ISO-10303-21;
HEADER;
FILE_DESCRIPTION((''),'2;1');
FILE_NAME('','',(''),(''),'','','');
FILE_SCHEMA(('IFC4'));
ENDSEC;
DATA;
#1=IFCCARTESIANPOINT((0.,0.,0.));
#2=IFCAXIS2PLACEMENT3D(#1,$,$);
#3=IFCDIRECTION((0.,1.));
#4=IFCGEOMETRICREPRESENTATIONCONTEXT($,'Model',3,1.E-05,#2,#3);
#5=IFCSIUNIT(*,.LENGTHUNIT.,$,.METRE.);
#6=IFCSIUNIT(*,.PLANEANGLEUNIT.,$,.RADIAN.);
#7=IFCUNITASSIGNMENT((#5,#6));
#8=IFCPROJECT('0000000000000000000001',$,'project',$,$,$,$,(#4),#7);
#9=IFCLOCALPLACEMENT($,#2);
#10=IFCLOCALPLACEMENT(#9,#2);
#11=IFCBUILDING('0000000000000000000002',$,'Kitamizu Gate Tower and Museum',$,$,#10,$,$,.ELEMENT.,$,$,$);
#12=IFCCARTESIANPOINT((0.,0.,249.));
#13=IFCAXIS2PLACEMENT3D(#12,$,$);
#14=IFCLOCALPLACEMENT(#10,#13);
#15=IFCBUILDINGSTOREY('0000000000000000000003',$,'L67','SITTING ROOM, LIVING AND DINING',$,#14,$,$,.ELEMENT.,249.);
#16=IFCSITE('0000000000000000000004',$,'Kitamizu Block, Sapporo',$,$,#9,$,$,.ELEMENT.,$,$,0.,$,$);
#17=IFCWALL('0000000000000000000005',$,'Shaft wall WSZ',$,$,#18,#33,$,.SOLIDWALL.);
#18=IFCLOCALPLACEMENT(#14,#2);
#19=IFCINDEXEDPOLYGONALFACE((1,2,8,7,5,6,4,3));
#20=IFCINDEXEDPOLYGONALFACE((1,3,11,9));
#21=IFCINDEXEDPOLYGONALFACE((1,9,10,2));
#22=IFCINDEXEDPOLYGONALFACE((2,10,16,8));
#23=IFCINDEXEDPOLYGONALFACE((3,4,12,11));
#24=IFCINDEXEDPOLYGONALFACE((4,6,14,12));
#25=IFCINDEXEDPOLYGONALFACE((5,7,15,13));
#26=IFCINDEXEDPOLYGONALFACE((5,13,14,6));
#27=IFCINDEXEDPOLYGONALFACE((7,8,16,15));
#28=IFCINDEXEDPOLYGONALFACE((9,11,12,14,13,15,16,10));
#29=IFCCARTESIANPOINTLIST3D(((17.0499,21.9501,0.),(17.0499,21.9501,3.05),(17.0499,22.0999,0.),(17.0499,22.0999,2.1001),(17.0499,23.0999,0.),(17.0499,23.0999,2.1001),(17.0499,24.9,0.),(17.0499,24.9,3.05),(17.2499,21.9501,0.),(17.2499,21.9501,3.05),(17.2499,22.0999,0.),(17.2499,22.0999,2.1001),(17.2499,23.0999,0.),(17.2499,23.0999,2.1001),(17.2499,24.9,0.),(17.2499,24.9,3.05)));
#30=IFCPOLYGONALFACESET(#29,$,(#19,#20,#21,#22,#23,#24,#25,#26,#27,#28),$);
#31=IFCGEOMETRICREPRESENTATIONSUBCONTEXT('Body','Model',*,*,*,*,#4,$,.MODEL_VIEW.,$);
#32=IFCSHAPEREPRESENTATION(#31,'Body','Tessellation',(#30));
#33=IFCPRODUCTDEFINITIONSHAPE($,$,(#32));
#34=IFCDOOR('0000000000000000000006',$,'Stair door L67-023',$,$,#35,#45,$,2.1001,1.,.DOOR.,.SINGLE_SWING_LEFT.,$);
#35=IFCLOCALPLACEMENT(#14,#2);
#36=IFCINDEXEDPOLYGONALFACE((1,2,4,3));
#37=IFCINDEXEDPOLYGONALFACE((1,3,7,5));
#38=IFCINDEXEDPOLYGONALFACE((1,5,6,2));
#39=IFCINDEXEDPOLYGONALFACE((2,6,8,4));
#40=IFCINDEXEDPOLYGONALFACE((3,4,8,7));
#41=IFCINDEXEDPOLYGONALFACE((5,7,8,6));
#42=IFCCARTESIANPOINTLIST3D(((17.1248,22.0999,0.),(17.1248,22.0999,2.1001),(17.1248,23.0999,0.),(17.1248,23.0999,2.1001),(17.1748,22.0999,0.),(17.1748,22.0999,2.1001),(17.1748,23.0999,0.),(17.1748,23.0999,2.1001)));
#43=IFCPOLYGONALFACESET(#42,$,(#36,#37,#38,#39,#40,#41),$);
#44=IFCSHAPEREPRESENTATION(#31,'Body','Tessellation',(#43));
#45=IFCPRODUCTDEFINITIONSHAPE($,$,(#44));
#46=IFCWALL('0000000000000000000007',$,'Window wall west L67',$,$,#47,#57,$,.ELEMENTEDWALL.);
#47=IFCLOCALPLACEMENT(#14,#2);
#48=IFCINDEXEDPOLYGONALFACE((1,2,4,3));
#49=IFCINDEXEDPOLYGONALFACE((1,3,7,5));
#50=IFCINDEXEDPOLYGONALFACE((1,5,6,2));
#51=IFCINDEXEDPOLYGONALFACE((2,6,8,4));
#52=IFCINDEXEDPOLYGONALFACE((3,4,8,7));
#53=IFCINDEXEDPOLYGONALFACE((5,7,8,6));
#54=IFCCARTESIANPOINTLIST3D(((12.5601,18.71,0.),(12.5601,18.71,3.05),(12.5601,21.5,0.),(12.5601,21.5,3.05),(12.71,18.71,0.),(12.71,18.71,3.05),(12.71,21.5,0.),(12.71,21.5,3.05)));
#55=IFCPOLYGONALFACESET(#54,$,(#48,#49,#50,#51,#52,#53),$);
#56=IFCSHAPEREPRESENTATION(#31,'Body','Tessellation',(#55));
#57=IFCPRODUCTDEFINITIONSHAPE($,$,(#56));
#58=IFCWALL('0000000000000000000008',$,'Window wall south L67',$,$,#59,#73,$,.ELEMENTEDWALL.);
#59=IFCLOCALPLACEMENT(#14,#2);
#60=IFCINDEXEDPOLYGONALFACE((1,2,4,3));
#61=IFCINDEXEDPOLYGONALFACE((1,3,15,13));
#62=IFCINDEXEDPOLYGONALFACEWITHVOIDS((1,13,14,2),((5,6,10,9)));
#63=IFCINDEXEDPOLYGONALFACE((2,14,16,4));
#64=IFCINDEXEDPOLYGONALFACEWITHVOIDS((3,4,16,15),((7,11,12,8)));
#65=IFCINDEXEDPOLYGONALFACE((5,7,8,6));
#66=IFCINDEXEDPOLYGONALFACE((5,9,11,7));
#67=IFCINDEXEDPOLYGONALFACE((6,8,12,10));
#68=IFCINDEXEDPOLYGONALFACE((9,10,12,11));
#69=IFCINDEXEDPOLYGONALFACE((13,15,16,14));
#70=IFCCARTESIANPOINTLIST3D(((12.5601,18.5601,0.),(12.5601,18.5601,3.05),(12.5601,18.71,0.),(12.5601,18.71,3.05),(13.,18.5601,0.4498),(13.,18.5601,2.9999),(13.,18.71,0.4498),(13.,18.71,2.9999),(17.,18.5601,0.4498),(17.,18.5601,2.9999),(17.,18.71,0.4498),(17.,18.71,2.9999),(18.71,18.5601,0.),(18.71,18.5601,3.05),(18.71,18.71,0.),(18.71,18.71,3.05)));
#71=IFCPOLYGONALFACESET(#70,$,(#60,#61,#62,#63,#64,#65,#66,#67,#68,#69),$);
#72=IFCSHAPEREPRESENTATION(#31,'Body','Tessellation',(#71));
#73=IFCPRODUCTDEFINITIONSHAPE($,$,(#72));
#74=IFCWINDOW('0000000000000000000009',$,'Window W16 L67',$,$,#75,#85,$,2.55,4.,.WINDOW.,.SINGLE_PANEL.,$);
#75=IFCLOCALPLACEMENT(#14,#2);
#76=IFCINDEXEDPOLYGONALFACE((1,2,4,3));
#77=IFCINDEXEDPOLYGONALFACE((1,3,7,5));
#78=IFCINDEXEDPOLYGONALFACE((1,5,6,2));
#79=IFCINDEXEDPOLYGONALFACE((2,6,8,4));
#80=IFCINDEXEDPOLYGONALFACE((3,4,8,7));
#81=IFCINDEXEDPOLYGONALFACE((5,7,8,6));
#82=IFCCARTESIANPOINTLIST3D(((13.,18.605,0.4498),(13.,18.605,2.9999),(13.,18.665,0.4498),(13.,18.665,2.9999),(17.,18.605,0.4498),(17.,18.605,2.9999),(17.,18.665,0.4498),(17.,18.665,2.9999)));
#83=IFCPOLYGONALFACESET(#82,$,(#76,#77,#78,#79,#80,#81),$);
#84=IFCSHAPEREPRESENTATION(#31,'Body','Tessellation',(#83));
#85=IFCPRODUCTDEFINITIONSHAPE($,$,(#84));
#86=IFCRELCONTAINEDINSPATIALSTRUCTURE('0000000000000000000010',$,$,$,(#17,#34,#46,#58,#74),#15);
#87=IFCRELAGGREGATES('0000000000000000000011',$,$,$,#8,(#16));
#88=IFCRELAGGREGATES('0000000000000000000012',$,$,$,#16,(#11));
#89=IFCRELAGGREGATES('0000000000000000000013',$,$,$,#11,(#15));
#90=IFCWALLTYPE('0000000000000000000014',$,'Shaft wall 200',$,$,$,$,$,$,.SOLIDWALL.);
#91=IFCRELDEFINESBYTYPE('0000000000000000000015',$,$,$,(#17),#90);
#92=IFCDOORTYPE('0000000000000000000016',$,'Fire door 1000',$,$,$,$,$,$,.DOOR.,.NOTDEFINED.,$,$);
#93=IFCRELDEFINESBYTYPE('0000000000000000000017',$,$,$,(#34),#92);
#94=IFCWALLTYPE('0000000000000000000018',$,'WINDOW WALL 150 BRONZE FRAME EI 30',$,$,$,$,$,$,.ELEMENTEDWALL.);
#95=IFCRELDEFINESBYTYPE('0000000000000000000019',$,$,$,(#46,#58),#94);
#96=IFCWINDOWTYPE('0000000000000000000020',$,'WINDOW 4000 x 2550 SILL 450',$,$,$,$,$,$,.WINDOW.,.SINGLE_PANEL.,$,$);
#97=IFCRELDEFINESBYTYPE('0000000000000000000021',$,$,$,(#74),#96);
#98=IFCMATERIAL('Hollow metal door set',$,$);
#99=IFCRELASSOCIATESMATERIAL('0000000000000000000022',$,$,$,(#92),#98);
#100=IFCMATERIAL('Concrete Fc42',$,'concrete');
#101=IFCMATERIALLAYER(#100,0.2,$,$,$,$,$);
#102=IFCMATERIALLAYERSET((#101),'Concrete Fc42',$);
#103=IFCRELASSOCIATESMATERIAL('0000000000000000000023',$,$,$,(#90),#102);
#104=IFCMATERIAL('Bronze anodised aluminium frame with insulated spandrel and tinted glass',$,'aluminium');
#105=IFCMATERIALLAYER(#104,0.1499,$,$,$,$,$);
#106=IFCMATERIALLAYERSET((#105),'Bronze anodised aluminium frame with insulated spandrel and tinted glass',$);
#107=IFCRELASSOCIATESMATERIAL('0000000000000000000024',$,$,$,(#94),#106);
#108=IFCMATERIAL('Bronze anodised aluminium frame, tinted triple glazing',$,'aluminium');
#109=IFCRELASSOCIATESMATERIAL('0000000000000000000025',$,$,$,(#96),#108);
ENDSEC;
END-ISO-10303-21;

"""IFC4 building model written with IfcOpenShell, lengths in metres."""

from ifc_helpers import new_model, si_unit, direction, frame, frame_2d, origin, place, context, subcontext, project, spatial, rectangle, extrude, material, layer, layer_set, type_object, element, fill, save


model = new_model("IFC4")

# Units and contexts
model_context = context("Model", 3, precision=1e-05, world=origin(), true_north=direction((0.0, 1.0)))
body_context = subcontext(model_context, "Body", "Model", "MODEL_VIEW")
ifc_project = project(units=[si_unit("LENGTHUNIT", "METRE"), si_unit("PLANEANGLEUNIT", "RADIAN")], contexts=[model_context])

# Site, building, storey
site_placement = place(None, origin())
site = spatial("IfcSite", under=ifc_project, at=site_placement, Name="Kitamizu Block, Sapporo", CompositionType="ELEMENT", RefElevation=0.0)
building_placement = place(site_placement, origin())
building = spatial("IfcBuilding", under=site, at=building_placement, Name="Kitamizu Gate Tower and Museum", CompositionType="ELEMENT")
storey_placement = place(building_placement, frame((0.0, 0.0, 249.0)))
storey = spatial("IfcBuildingStorey", under=building, at=storey_placement, Name="L67", Description="SITTING ROOM, LIVING AND DINING", CompositionType="ELEMENT", Elevation=249.0)

# Shared definitions
ifc_material_1 = material(Name="Hollow metal door set")
door_type_1 = type_object("IfcDoorType", Name="Fire door 1000", OperationType="NOTDEFINED", PredefinedType="DOOR", material=ifc_material_1)

# Shared definitions
ifc_material_2 = material(Name="Concrete Fc42", Category="concrete")
ifc_layer_1 = layer(ifc_material_2, 0.2)
ifc_layer_set_1 = layer_set([ifc_layer_1], Name="Concrete Fc42")
wall_type_1 = type_object("IfcWallType", Name="Shaft wall 200", PredefinedType="SOLIDWALL", material=ifc_layer_set_1)

# Wall, opening, door
wall_1_placement = place(storey_placement, frame((17.1499, 21.95, 0.0), z_axis=(0.0, 0.0, 1.0), x_axis=(0.0, 1.0, 0.0)))
wall_1 = element("IfcWall", 1, at=wall_1_placement, inside=storey, type_object=wall_type_1, Name="Shaft wall WSZ", PredefinedType="SOLIDWALL", context=body_context, shape_type="SweptSolid", body=[
    extrude(rectangle(XDim=2.95, YDim=0.2, at=frame_2d((1.4751, 0.0))), origin(), (0.0, 0.0, 1.0), 3.05),
])
opening_1_placement = place(wall_1_placement, frame((0.1499, 0.0, 0.0)))
opening_1 = element("IfcOpeningElement", 2, at=opening_1_placement, cuts=wall_1, PredefinedType="OPENING", context=body_context, shape_type="SweptSolid", body=[
    extrude(rectangle(XDim=1.0, YDim=2.1001, at=frame_2d((0.5, 1.05))), frame((0.0, 0.1099, 0.0), z_axis=(0.0, -1.0, 0.0), x_axis=(1.0, 0.0, 0.0)), (0.0, 0.0, 1.0), 0.22),
])
door_1_placement = place(opening_1_placement, frame((1.0, 0.0, 0.0), x_axis=(-1.0, 0.0, 0.0)))
door_1 = element("IfcDoor", 3, at=door_1_placement, inside=storey, type_object=door_type_1, Name="Stair door L67-023", OperationType="SINGLE_SWING_LEFT", OverallHeight=2.1001, OverallWidth=1.0, PredefinedType="DOOR", context=body_context, shape_type="SweptSolid", body=[
    extrude(rectangle(XDim=1.0, YDim=2.1001, at=frame_2d((0.5, 1.05))), frame((0.0, 0.0249, 0.0), z_axis=(0.0, -1.0, 0.0), x_axis=(1.0, 0.0, 0.0)), (0.0, 0.0, 1.0), 0.05),
])
fill(opening_1, door_1)

# Wall
ifc_material_3 = material(Name="Bronze anodised aluminium frame with insulated spandrel and tinted glass", Category="aluminium")
ifc_layer_2 = layer(ifc_material_3, 0.1499)
ifc_layer_set_2 = layer_set([ifc_layer_2], Name="Bronze anodised aluminium frame with insulated spandrel and tinted glass")
wall_type_2 = type_object("IfcWallType", Name="WINDOW WALL 150 BRONZE FRAME EI 30", PredefinedType="ELEMENTEDWALL", material=ifc_layer_set_2)
wall_2_placement = place(storey_placement, frame((12.635, 18.71, 0.0), z_axis=(0.0, 0.0, 1.0), x_axis=(0.0, 1.0, 0.0)))
element("IfcWall", 4, at=wall_2_placement, inside=storey, type_object=wall_type_2, Name="Window wall west L67", PredefinedType="ELEMENTEDWALL", context=body_context, shape_type="SweptSolid", body=[
    extrude(rectangle(XDim=2.79, YDim=0.1499, at=frame_2d((1.395, 0.0))), origin(), (0.0, 0.0, 1.0), 3.05),
])

# Wall, opening, window
wall_3_placement = place(storey_placement, frame((12.5601, 18.635, 0.0), z_axis=(0.0, 0.0, 1.0), x_axis=(1.0, 0.0, 0.0)))
wall_3 = element("IfcWall", 5, at=wall_3_placement, inside=storey, type_object=wall_type_2, Name="Window wall south L67", PredefinedType="ELEMENTEDWALL", context=body_context, shape_type="SweptSolid", body=[
    extrude(rectangle(XDim=6.1499, YDim=0.1499, at=frame_2d((3.075, 0.0))), origin(), (0.0, 0.0, 1.0), 3.05),
])
opening_2_placement = place(wall_3_placement, frame((0.4399, 0.0, 0.45)))
opening_2 = element("IfcOpeningElement", 6, at=opening_2_placement, cuts=wall_3, PredefinedType="OPENING", context=body_context, shape_type="SweptSolid", body=[
    extrude(rectangle(XDim=4.0, YDim=2.55, at=frame_2d((2.0, 1.2749))), frame((0.0, 0.085, 0.0), z_axis=(0.0, -1.0, 0.0), x_axis=(1.0, 0.0, 0.0)), (0.0, 0.0, 1.0), 0.1699),
])
ifc_material_4 = material(Name="Bronze anodised aluminium frame, tinted triple glazing", Category="aluminium")
window_type = type_object("IfcWindowType", Name="WINDOW 4000 x 2550 SILL 450", PartitioningType="SINGLE_PANEL", PredefinedType="WINDOW", material=ifc_material_4)
window_placement = place(opening_2_placement, origin())
window = element("IfcWindow", 7, at=window_placement, inside=storey, type_object=window_type, Name="Window W16 L67", OverallHeight=2.55, OverallWidth=4.0, PartitioningType="SINGLE_PANEL", PredefinedType="WINDOW", context=body_context, shape_type="SweptSolid", body=[
    extrude(rectangle(XDim=4.0, YDim=2.55, at=frame_2d((2.0, 1.2749))), frame((0.0, 0.03, 0.0), z_axis=(0.0, -1.0, 0.0), x_axis=(1.0, 0.0, 0.0)), (0.0, 0.0, 1.0), 0.0601),
])
fill(opening_2, window)

save(model, "model.ifc")
